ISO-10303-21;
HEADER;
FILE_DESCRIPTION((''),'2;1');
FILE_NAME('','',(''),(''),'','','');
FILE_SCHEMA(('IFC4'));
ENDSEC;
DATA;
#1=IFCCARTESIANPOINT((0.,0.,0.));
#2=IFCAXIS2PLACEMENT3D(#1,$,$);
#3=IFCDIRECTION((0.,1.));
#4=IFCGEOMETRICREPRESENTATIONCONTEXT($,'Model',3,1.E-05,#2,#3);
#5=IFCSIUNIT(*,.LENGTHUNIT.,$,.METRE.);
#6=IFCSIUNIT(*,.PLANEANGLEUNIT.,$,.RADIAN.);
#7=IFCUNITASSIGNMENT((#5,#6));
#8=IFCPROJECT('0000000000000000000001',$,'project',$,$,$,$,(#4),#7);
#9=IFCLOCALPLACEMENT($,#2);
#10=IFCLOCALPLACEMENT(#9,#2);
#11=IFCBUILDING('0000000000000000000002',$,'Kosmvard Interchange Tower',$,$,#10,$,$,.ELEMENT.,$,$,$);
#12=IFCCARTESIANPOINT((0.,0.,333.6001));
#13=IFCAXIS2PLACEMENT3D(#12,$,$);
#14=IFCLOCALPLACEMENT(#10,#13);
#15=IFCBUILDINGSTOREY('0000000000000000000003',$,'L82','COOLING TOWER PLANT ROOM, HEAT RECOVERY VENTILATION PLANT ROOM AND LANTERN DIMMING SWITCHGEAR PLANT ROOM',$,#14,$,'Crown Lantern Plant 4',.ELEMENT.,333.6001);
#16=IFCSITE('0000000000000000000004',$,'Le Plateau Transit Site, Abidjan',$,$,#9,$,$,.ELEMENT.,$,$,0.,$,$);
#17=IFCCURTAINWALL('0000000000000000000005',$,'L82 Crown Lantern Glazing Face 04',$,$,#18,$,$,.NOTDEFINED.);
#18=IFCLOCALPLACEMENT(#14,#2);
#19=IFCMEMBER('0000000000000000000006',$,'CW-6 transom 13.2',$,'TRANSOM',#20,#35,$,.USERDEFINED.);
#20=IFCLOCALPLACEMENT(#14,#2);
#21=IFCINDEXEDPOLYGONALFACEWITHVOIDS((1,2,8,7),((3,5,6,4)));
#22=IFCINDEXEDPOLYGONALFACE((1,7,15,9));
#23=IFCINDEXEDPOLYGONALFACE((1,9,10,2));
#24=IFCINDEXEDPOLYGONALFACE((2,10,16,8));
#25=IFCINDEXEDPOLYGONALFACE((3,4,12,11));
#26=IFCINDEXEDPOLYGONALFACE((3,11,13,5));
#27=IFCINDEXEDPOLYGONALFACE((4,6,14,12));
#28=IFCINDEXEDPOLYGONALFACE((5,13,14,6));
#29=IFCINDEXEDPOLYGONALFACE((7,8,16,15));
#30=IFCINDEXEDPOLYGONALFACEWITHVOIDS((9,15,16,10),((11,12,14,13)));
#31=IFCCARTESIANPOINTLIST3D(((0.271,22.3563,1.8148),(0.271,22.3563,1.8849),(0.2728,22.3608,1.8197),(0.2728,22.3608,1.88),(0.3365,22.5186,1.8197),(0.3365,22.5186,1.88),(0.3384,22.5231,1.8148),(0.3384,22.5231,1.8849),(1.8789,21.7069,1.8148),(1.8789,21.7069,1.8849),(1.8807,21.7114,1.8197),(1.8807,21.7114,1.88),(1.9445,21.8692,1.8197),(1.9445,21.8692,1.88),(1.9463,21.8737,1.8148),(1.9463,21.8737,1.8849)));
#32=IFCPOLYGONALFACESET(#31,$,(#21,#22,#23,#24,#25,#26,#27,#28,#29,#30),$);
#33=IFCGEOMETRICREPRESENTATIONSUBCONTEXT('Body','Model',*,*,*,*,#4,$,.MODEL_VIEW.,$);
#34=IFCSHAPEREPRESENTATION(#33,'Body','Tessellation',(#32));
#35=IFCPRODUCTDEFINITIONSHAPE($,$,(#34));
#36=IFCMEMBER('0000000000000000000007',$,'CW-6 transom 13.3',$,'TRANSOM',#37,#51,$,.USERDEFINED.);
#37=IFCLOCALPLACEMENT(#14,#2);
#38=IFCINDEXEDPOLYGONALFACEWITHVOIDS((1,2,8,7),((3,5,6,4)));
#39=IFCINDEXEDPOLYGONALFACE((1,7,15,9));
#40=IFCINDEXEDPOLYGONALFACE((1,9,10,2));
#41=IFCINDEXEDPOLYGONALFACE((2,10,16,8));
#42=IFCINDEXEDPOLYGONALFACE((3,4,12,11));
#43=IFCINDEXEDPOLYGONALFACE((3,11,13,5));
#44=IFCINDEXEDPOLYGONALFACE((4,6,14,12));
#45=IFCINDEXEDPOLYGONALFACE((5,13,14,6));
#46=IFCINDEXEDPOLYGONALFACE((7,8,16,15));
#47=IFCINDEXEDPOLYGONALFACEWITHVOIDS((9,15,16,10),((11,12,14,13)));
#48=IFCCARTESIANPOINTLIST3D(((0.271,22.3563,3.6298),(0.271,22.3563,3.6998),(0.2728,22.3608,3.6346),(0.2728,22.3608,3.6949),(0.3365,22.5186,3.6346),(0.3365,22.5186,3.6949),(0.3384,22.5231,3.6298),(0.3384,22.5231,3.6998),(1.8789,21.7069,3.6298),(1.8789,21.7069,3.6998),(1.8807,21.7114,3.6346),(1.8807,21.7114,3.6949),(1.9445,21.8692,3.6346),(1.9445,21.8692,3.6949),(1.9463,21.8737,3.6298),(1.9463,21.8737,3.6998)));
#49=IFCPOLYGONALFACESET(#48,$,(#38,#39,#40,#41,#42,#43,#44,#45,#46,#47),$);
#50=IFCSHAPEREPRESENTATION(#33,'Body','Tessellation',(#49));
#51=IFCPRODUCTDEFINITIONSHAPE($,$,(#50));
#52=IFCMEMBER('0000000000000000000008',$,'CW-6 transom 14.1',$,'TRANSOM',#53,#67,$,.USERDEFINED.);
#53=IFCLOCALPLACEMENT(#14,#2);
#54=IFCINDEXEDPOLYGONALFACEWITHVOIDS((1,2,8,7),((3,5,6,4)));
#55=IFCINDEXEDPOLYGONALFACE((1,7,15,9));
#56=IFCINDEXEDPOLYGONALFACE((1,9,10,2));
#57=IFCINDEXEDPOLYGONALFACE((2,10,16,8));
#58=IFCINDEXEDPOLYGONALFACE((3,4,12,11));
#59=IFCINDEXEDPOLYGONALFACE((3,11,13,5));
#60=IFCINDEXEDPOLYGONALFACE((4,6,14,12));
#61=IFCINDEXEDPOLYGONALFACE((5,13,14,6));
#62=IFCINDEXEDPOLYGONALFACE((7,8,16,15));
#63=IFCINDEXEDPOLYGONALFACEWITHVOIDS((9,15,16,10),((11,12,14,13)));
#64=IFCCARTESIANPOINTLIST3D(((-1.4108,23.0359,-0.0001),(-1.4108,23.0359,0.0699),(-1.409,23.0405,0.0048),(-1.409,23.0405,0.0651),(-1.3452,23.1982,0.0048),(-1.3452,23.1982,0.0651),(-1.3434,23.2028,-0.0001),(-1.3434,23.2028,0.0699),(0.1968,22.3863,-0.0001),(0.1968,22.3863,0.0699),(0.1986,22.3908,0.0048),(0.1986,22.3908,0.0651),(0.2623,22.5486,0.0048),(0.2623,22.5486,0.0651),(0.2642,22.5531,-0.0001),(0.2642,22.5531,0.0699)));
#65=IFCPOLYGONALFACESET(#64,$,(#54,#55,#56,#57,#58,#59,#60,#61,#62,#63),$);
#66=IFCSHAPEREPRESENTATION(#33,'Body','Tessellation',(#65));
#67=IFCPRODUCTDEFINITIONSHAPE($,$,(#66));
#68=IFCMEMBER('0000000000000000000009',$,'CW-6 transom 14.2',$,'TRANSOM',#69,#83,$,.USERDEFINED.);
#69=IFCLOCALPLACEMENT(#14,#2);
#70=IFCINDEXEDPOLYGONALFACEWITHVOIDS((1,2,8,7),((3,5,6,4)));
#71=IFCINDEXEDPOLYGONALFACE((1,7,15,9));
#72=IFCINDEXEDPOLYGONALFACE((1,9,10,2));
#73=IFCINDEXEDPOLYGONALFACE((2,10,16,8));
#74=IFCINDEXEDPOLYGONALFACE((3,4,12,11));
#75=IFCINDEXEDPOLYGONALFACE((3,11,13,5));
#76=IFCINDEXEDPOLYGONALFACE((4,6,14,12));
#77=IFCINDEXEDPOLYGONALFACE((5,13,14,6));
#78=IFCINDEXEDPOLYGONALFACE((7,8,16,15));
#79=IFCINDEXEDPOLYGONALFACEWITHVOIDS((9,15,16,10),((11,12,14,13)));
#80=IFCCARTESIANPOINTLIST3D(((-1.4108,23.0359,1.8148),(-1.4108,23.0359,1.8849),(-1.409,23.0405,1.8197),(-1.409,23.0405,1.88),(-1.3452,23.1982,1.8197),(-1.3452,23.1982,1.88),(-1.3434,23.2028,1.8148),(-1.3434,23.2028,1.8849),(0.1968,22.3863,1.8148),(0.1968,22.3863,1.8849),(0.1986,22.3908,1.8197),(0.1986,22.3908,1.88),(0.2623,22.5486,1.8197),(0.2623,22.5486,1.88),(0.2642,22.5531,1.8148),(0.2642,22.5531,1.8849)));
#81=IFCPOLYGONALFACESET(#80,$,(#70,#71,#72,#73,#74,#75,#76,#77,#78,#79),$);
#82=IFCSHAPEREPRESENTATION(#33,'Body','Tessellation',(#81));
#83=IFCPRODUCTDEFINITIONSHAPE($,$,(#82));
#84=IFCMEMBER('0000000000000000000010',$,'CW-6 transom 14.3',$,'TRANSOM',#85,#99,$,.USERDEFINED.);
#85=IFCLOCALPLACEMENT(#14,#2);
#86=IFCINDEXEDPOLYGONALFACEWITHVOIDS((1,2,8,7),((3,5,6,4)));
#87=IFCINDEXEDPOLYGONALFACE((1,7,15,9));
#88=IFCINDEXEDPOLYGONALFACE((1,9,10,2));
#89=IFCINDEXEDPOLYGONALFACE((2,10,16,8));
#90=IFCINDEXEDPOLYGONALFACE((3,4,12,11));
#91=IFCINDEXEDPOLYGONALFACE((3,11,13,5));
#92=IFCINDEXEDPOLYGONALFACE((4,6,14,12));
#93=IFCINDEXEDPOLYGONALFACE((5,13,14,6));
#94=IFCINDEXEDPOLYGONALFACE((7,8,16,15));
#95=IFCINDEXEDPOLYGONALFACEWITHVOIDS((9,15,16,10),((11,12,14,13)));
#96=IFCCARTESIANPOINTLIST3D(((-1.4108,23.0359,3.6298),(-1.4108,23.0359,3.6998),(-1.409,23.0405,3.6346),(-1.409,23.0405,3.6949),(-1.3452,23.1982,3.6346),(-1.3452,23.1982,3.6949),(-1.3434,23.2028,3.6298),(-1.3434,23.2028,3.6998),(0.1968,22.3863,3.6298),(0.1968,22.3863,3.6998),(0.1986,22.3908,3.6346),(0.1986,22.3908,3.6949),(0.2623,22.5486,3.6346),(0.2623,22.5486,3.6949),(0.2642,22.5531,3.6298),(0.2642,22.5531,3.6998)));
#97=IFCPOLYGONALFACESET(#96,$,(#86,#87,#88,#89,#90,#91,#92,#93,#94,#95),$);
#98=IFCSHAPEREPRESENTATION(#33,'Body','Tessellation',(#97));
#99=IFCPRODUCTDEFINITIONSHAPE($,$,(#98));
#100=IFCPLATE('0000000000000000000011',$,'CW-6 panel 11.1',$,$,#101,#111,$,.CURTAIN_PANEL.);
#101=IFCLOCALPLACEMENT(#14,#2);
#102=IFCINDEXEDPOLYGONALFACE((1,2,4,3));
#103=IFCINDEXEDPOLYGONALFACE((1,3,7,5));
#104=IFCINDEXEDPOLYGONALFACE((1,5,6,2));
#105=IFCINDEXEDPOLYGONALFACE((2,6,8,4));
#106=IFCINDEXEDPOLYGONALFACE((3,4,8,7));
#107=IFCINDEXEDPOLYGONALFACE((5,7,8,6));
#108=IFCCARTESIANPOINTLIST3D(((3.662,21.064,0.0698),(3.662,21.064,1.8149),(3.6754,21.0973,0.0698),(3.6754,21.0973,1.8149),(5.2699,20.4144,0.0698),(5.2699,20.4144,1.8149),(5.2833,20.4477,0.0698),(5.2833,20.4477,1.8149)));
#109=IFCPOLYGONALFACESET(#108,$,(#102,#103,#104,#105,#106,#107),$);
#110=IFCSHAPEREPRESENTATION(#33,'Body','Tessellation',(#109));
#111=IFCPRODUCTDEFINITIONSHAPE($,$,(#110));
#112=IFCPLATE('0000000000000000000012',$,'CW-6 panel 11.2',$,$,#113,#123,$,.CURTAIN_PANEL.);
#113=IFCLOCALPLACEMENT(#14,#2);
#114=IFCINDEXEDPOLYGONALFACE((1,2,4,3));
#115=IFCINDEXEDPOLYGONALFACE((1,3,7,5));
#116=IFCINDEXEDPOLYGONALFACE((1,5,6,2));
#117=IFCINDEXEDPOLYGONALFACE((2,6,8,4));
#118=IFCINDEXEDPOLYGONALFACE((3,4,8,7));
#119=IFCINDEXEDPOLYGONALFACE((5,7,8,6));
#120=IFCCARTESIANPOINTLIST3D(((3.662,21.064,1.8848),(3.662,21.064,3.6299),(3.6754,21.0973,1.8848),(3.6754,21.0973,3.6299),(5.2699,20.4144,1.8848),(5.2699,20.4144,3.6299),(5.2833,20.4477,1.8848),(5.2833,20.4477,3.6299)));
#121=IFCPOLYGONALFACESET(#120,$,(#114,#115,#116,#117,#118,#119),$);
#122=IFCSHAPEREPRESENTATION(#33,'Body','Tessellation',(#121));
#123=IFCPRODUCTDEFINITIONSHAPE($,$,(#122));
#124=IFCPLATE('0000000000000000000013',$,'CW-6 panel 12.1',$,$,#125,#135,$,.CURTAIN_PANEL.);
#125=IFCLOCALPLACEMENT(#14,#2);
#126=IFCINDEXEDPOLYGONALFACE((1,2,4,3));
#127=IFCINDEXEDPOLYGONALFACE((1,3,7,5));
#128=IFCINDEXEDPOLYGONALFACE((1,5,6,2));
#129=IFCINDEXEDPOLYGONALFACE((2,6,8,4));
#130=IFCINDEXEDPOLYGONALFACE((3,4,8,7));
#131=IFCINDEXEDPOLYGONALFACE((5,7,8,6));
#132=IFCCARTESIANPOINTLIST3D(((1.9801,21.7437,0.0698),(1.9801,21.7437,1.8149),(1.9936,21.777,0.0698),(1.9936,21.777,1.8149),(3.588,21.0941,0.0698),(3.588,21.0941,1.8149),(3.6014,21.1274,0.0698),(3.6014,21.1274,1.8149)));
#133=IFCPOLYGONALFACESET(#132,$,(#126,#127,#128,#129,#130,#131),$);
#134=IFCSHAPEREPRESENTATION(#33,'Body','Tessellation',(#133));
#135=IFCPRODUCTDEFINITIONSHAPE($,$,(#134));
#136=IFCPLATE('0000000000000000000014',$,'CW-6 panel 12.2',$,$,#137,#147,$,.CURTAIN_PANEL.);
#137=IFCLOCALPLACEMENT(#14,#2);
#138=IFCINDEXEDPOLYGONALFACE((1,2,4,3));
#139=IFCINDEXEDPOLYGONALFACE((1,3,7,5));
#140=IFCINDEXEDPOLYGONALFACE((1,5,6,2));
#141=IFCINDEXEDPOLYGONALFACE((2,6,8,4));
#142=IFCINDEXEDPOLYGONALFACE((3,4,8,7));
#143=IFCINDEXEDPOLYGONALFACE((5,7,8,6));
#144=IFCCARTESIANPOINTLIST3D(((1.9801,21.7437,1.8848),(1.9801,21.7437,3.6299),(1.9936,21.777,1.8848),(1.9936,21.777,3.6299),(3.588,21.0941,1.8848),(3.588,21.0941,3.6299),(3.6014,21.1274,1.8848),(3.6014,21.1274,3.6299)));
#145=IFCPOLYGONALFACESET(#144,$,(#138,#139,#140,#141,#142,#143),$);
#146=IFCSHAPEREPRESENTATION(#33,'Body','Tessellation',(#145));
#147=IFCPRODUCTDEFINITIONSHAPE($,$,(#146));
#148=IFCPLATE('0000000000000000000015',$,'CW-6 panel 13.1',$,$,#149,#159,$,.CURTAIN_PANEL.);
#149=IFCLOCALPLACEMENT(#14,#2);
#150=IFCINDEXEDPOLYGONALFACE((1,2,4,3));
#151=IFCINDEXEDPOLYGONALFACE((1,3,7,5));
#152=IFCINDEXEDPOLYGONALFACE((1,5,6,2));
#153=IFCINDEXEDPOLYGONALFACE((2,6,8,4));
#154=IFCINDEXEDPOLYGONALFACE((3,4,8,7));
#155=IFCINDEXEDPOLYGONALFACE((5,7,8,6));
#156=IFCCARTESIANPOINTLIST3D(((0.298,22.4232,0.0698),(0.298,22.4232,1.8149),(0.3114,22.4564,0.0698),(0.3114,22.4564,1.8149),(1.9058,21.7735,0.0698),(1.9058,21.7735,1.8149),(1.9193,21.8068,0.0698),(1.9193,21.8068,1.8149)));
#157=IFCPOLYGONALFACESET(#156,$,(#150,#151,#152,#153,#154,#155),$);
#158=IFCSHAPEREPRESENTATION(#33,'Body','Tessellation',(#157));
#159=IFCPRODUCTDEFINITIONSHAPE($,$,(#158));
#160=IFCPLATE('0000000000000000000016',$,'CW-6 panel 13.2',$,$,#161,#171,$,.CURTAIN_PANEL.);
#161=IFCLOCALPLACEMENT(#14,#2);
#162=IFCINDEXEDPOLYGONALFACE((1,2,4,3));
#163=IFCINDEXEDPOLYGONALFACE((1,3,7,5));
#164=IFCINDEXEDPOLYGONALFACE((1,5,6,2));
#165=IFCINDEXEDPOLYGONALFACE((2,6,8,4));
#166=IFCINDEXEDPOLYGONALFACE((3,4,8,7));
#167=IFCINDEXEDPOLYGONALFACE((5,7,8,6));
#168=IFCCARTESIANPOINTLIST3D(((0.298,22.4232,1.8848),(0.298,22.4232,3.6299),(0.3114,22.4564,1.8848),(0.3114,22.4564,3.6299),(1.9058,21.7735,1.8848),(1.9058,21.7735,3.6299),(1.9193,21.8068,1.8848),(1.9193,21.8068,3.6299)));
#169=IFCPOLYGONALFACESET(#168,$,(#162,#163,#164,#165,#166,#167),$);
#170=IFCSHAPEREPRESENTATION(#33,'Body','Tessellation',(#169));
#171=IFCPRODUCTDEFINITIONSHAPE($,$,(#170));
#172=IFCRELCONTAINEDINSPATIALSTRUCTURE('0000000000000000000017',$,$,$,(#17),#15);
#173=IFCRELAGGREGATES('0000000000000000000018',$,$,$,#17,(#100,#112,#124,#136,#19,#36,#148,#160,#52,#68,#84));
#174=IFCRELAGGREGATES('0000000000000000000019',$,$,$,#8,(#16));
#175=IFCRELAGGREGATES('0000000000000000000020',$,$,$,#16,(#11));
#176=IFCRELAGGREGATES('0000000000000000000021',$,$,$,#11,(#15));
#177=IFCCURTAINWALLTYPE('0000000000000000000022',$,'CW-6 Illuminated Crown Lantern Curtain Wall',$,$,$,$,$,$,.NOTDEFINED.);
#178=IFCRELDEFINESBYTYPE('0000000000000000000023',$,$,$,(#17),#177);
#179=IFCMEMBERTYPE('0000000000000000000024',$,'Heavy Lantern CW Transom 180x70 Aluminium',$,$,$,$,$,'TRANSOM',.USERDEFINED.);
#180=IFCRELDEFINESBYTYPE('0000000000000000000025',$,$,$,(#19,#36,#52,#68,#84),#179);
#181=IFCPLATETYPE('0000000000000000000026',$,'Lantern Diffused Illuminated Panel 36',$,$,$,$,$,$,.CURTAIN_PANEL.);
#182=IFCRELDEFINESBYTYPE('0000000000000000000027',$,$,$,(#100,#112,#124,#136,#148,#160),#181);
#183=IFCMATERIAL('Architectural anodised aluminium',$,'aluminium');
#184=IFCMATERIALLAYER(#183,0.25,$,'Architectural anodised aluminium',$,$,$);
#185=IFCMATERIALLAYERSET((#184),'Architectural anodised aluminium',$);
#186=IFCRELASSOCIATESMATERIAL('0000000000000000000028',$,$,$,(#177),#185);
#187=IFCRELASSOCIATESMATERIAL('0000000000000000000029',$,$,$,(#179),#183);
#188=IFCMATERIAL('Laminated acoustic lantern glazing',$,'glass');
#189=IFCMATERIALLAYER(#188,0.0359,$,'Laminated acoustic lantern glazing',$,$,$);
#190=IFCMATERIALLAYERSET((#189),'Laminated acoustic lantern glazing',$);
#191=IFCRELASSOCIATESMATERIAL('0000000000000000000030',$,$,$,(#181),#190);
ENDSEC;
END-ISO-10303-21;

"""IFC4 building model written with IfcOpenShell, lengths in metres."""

from ifc_helpers import new_model, si_unit, direction, frame, origin, origin_2d, place, context, subcontext, project, spatial, rectangle, hollow_rectangle, extrude, source, transform, mapped, material, layer, layer_set, material_profile, profile_set, type_object, element, aggregate, save


model = new_model("IFC4")

# Units and contexts
model_context = context("Model", 3, precision=1e-05, world=origin(), true_north=direction((0.0, 1.0)))
body_context = subcontext(model_context, "Body", "Model", "MODEL_VIEW")
ifc_project = project(units=[si_unit("LENGTHUNIT", "METRE"), si_unit("PLANEANGLEUNIT", "RADIAN")], contexts=[model_context])

# Site, building, storey
site_placement = place(None, origin())
site = spatial("IfcSite", under=ifc_project, at=site_placement, Name="Le Plateau Transit Site, Abidjan", CompositionType="ELEMENT", RefElevation=0.0)
building_placement = place(site_placement, origin())
building = spatial("IfcBuilding", under=site, at=building_placement, Name="Kosmvard Interchange Tower", CompositionType="ELEMENT")
storey_placement = place(building_placement, frame((0.0, 0.0, 333.6001)))
storey = spatial("IfcBuildingStorey", under=building, at=storey_placement, Name="L82", Description="COOLING TOWER PLANT ROOM, HEAT RECOVERY VENTILATION PLANT ROOM AND LANTERN DIMMING SWITCHGEAR PLANT ROOM", LongName="Crown Lantern Plant 4", CompositionType="ELEMENT", Elevation=333.6001)

# Curtain wall, members, plates
ifc_material_1 = material(Name="Architectural anodised aluminium", Category="aluminium")
ifc_layer_1 = layer(ifc_material_1, 0.25, Name="Architectural anodised aluminium")
ifc_layer_set_1 = layer_set([ifc_layer_1], Name="Architectural anodised aluminium")
curtain_wall_type = type_object("IfcCurtainWallType", Name="CW-6 Illuminated Crown Lantern Curtain Wall", PredefinedType="NOTDEFINED", material=ifc_layer_set_1)
curtain_wall_placement = place(storey_placement, origin())
curtain_wall = element("IfcCurtainWall", 1, at=curtain_wall_placement, inside=storey, type_object=curtain_wall_type, Name="L82 Crown Lantern Glazing Face 04", PredefinedType="NOTDEFINED")
ifc_material_profile_1 = material_profile(ifc_material_1, hollow_rectangle(XDim=0.1799, YDim=0.0701, WallThickness=0.0049, at=origin_2d()), Name="CWT 180x70x5")
ifc_profile_set_1 = profile_set([ifc_material_profile_1], Name="Architectural anodised aluminium")
member_type_1 = type_object("IfcMemberType", Name="Heavy Lantern CW Transom 180x70 Aluminium", ElementType="TRANSOM", PredefinedType="USERDEFINED", material=ifc_profile_set_1)
shared_shape_1 = source(origin(), body_context, "Body", "SweptSolid", [
    extrude(hollow_rectangle(XDim=0.1799, YDim=0.0701, WallThickness=0.0049, at=origin_2d()), origin(), (0.0, 0.0, 1.0), 1.7341),
])
member_1_placement = place(storey_placement, frame((1.9126, 21.7903, 1.8499), z_axis=(-0.927229, 0.374496, 0.0), x_axis=(-0.374496, -0.927229, 0.0)))
member_1 = element("IfcMember", 2, at=member_1_placement, type_object=member_type_1, Name="CW-6 transom 13.2", ObjectType="TRANSOM", PredefinedType="USERDEFINED", context=body_context, shape_type="MappedRepresentation", body=[
    mapped(shared_shape_1, transform((0.0, 0.0, 0.0), scale=1.0)),
])
member_2_placement = place(storey_placement, frame((1.9126, 21.7903, 3.6648), z_axis=(-0.927229, 0.374496, 0.0), x_axis=(-0.374496, -0.927229, 0.0)))
member_2 = element("IfcMember", 3, at=member_2_placement, type_object=member_type_1, Name="CW-6 transom 13.3", ObjectType="TRANSOM", PredefinedType="USERDEFINED", context=body_context, shape_type="MappedRepresentation", body=[
    mapped(shared_shape_1, transform((0.0, 0.0, 0.0), scale=1.0)),
])
shared_shape_2 = source(origin(), body_context, "Body", "SweptSolid", [
    extrude(hollow_rectangle(XDim=0.1799, YDim=0.0701, WallThickness=0.0049, at=origin_2d()), origin(), (0.0, 0.0, 1.0), 1.7339),
])
member_3_placement = place(storey_placement, frame((0.2305, 22.4697, 0.0349), z_axis=(-0.92716, 0.374666, 0.0), x_axis=(-0.374666, -0.92716, 0.0)))
member_3 = element("IfcMember", 4, at=member_3_placement, type_object=member_type_1, Name="CW-6 transom 14.1", ObjectType="TRANSOM", PredefinedType="USERDEFINED", context=body_context, shape_type="MappedRepresentation", body=[
    mapped(shared_shape_2, transform((0.0, 0.0, 0.0), scale=1.0)),
])
member_4_placement = place(storey_placement, frame((0.2305, 22.4697, 1.8499), z_axis=(-0.92716, 0.374666, 0.0), x_axis=(-0.374666, -0.92716, 0.0)))
member_4 = element("IfcMember", 5, at=member_4_placement, type_object=member_type_1, Name="CW-6 transom 14.2", ObjectType="TRANSOM", PredefinedType="USERDEFINED", context=body_context, shape_type="MappedRepresentation", body=[
    mapped(shared_shape_2, transform((0.0, 0.0, 0.0), scale=1.0)),
])
member_5_placement = place(storey_placement, frame((0.2305, 22.4697, 3.6648), z_axis=(-0.92716, 0.374666, 0.0), x_axis=(-0.374666, -0.92716, 0.0)))
member_5 = element("IfcMember", 6, at=member_5_placement, type_object=member_type_1, Name="CW-6 transom 14.3", ObjectType="TRANSOM", PredefinedType="USERDEFINED", context=body_context, shape_type="MappedRepresentation", body=[
    mapped(shared_shape_2, transform((0.0, 0.0, 0.0), scale=1.0)),
])
ifc_material_2 = material(Name="Laminated acoustic lantern glazing", Category="glass")
ifc_layer_2 = layer(ifc_material_2, 0.0359, Name="Laminated acoustic lantern glazing")
ifc_layer_set_2 = layer_set([ifc_layer_2], Name="Laminated acoustic lantern glazing")
plate_type = type_object("IfcPlateType", Name="Lantern Diffused Illuminated Panel 36", PredefinedType="CURTAIN_PANEL", material=ifc_layer_set_2)
shared_shape_3 = source(origin(), body_context, "Body", "SweptSolid", [
    extrude(rectangle(XDim=1.7341, YDim=0.0359, at=origin_2d()), origin(), (0.0, 0.0, 1.0), 1.7451),
])
plate_1_placement = place(storey_placement, frame((4.4727, 20.7559, 0.0698), z_axis=(0.0, 0.0, 1.0), x_axis=(-0.927184, 0.374607, 0.0)))
plate_1 = element("IfcPlate", 7, at=plate_1_placement, type_object=plate_type, Name="CW-6 panel 11.1", PredefinedType="CURTAIN_PANEL", context=body_context, shape_type="MappedRepresentation", body=[
    mapped(shared_shape_3, transform((0.0, 0.0, 0.0), scale=1.0)),
])
plate_2_placement = place(storey_placement, frame((4.4727, 20.7559, 1.8848), z_axis=(0.0, 0.0, 1.0), x_axis=(-0.927184, 0.374607, 0.0)))
plate_2 = element("IfcPlate", 8, at=plate_2_placement, type_object=plate_type, Name="CW-6 panel 11.2", PredefinedType="CURTAIN_PANEL", context=body_context, shape_type="MappedRepresentation", body=[
    mapped(shared_shape_3, transform((0.0, 0.0, 0.0), scale=1.0)),
])
plate_3_placement = place(storey_placement, frame((2.7908, 21.4355, 0.0698), z_axis=(0.0, 0.0, 1.0), x_axis=(-0.927184, 0.374607, 0.0)))
plate_3 = element("IfcPlate", 9, at=plate_3_placement, type_object=plate_type, Name="CW-6 panel 12.1", PredefinedType="CURTAIN_PANEL", context=body_context, shape_type="MappedRepresentation", body=[
    mapped(shared_shape_3, transform((0.0, 0.0, 0.0), scale=1.0)),
])
plate_4_placement = place(storey_placement, frame((2.7908, 21.4355, 1.8848), z_axis=(0.0, 0.0, 1.0), x_axis=(-0.927184, 0.374607, 0.0)))
plate_4 = element("IfcPlate", 10, at=plate_4_placement, type_object=plate_type, Name="CW-6 panel 12.2", PredefinedType="CURTAIN_PANEL", context=body_context, shape_type="MappedRepresentation", body=[
    mapped(shared_shape_3, transform((0.0, 0.0, 0.0), scale=1.0)),
])
plate_5_placement = place(storey_placement, frame((1.1086, 22.115, 0.0698), z_axis=(0.0, 0.0, 1.0), x_axis=(-0.927184, 0.374607, 0.0)))
plate_5 = element("IfcPlate", 11, at=plate_5_placement, type_object=plate_type, Name="CW-6 panel 13.1", PredefinedType="CURTAIN_PANEL", context=body_context, shape_type="MappedRepresentation", body=[
    mapped(shared_shape_3, transform((0.0, 0.0, 0.0), scale=1.0)),
])
plate_6_placement = place(storey_placement, frame((1.1086, 22.115, 1.8848), z_axis=(0.0, 0.0, 1.0), x_axis=(-0.927184, 0.374607, 0.0)))
plate_6 = element("IfcPlate", 12, at=plate_6_placement, type_object=plate_type, Name="CW-6 panel 13.2", PredefinedType="CURTAIN_PANEL", context=body_context, shape_type="MappedRepresentation", body=[
    mapped(shared_shape_3, transform((0.0, 0.0, 0.0), scale=1.0)),
])
aggregate(curtain_wall, [plate_1, plate_2, plate_3, plate_4, member_1, member_2, plate_5, plate_6, member_3, member_4, member_5])

save(model, "model.ifc")
